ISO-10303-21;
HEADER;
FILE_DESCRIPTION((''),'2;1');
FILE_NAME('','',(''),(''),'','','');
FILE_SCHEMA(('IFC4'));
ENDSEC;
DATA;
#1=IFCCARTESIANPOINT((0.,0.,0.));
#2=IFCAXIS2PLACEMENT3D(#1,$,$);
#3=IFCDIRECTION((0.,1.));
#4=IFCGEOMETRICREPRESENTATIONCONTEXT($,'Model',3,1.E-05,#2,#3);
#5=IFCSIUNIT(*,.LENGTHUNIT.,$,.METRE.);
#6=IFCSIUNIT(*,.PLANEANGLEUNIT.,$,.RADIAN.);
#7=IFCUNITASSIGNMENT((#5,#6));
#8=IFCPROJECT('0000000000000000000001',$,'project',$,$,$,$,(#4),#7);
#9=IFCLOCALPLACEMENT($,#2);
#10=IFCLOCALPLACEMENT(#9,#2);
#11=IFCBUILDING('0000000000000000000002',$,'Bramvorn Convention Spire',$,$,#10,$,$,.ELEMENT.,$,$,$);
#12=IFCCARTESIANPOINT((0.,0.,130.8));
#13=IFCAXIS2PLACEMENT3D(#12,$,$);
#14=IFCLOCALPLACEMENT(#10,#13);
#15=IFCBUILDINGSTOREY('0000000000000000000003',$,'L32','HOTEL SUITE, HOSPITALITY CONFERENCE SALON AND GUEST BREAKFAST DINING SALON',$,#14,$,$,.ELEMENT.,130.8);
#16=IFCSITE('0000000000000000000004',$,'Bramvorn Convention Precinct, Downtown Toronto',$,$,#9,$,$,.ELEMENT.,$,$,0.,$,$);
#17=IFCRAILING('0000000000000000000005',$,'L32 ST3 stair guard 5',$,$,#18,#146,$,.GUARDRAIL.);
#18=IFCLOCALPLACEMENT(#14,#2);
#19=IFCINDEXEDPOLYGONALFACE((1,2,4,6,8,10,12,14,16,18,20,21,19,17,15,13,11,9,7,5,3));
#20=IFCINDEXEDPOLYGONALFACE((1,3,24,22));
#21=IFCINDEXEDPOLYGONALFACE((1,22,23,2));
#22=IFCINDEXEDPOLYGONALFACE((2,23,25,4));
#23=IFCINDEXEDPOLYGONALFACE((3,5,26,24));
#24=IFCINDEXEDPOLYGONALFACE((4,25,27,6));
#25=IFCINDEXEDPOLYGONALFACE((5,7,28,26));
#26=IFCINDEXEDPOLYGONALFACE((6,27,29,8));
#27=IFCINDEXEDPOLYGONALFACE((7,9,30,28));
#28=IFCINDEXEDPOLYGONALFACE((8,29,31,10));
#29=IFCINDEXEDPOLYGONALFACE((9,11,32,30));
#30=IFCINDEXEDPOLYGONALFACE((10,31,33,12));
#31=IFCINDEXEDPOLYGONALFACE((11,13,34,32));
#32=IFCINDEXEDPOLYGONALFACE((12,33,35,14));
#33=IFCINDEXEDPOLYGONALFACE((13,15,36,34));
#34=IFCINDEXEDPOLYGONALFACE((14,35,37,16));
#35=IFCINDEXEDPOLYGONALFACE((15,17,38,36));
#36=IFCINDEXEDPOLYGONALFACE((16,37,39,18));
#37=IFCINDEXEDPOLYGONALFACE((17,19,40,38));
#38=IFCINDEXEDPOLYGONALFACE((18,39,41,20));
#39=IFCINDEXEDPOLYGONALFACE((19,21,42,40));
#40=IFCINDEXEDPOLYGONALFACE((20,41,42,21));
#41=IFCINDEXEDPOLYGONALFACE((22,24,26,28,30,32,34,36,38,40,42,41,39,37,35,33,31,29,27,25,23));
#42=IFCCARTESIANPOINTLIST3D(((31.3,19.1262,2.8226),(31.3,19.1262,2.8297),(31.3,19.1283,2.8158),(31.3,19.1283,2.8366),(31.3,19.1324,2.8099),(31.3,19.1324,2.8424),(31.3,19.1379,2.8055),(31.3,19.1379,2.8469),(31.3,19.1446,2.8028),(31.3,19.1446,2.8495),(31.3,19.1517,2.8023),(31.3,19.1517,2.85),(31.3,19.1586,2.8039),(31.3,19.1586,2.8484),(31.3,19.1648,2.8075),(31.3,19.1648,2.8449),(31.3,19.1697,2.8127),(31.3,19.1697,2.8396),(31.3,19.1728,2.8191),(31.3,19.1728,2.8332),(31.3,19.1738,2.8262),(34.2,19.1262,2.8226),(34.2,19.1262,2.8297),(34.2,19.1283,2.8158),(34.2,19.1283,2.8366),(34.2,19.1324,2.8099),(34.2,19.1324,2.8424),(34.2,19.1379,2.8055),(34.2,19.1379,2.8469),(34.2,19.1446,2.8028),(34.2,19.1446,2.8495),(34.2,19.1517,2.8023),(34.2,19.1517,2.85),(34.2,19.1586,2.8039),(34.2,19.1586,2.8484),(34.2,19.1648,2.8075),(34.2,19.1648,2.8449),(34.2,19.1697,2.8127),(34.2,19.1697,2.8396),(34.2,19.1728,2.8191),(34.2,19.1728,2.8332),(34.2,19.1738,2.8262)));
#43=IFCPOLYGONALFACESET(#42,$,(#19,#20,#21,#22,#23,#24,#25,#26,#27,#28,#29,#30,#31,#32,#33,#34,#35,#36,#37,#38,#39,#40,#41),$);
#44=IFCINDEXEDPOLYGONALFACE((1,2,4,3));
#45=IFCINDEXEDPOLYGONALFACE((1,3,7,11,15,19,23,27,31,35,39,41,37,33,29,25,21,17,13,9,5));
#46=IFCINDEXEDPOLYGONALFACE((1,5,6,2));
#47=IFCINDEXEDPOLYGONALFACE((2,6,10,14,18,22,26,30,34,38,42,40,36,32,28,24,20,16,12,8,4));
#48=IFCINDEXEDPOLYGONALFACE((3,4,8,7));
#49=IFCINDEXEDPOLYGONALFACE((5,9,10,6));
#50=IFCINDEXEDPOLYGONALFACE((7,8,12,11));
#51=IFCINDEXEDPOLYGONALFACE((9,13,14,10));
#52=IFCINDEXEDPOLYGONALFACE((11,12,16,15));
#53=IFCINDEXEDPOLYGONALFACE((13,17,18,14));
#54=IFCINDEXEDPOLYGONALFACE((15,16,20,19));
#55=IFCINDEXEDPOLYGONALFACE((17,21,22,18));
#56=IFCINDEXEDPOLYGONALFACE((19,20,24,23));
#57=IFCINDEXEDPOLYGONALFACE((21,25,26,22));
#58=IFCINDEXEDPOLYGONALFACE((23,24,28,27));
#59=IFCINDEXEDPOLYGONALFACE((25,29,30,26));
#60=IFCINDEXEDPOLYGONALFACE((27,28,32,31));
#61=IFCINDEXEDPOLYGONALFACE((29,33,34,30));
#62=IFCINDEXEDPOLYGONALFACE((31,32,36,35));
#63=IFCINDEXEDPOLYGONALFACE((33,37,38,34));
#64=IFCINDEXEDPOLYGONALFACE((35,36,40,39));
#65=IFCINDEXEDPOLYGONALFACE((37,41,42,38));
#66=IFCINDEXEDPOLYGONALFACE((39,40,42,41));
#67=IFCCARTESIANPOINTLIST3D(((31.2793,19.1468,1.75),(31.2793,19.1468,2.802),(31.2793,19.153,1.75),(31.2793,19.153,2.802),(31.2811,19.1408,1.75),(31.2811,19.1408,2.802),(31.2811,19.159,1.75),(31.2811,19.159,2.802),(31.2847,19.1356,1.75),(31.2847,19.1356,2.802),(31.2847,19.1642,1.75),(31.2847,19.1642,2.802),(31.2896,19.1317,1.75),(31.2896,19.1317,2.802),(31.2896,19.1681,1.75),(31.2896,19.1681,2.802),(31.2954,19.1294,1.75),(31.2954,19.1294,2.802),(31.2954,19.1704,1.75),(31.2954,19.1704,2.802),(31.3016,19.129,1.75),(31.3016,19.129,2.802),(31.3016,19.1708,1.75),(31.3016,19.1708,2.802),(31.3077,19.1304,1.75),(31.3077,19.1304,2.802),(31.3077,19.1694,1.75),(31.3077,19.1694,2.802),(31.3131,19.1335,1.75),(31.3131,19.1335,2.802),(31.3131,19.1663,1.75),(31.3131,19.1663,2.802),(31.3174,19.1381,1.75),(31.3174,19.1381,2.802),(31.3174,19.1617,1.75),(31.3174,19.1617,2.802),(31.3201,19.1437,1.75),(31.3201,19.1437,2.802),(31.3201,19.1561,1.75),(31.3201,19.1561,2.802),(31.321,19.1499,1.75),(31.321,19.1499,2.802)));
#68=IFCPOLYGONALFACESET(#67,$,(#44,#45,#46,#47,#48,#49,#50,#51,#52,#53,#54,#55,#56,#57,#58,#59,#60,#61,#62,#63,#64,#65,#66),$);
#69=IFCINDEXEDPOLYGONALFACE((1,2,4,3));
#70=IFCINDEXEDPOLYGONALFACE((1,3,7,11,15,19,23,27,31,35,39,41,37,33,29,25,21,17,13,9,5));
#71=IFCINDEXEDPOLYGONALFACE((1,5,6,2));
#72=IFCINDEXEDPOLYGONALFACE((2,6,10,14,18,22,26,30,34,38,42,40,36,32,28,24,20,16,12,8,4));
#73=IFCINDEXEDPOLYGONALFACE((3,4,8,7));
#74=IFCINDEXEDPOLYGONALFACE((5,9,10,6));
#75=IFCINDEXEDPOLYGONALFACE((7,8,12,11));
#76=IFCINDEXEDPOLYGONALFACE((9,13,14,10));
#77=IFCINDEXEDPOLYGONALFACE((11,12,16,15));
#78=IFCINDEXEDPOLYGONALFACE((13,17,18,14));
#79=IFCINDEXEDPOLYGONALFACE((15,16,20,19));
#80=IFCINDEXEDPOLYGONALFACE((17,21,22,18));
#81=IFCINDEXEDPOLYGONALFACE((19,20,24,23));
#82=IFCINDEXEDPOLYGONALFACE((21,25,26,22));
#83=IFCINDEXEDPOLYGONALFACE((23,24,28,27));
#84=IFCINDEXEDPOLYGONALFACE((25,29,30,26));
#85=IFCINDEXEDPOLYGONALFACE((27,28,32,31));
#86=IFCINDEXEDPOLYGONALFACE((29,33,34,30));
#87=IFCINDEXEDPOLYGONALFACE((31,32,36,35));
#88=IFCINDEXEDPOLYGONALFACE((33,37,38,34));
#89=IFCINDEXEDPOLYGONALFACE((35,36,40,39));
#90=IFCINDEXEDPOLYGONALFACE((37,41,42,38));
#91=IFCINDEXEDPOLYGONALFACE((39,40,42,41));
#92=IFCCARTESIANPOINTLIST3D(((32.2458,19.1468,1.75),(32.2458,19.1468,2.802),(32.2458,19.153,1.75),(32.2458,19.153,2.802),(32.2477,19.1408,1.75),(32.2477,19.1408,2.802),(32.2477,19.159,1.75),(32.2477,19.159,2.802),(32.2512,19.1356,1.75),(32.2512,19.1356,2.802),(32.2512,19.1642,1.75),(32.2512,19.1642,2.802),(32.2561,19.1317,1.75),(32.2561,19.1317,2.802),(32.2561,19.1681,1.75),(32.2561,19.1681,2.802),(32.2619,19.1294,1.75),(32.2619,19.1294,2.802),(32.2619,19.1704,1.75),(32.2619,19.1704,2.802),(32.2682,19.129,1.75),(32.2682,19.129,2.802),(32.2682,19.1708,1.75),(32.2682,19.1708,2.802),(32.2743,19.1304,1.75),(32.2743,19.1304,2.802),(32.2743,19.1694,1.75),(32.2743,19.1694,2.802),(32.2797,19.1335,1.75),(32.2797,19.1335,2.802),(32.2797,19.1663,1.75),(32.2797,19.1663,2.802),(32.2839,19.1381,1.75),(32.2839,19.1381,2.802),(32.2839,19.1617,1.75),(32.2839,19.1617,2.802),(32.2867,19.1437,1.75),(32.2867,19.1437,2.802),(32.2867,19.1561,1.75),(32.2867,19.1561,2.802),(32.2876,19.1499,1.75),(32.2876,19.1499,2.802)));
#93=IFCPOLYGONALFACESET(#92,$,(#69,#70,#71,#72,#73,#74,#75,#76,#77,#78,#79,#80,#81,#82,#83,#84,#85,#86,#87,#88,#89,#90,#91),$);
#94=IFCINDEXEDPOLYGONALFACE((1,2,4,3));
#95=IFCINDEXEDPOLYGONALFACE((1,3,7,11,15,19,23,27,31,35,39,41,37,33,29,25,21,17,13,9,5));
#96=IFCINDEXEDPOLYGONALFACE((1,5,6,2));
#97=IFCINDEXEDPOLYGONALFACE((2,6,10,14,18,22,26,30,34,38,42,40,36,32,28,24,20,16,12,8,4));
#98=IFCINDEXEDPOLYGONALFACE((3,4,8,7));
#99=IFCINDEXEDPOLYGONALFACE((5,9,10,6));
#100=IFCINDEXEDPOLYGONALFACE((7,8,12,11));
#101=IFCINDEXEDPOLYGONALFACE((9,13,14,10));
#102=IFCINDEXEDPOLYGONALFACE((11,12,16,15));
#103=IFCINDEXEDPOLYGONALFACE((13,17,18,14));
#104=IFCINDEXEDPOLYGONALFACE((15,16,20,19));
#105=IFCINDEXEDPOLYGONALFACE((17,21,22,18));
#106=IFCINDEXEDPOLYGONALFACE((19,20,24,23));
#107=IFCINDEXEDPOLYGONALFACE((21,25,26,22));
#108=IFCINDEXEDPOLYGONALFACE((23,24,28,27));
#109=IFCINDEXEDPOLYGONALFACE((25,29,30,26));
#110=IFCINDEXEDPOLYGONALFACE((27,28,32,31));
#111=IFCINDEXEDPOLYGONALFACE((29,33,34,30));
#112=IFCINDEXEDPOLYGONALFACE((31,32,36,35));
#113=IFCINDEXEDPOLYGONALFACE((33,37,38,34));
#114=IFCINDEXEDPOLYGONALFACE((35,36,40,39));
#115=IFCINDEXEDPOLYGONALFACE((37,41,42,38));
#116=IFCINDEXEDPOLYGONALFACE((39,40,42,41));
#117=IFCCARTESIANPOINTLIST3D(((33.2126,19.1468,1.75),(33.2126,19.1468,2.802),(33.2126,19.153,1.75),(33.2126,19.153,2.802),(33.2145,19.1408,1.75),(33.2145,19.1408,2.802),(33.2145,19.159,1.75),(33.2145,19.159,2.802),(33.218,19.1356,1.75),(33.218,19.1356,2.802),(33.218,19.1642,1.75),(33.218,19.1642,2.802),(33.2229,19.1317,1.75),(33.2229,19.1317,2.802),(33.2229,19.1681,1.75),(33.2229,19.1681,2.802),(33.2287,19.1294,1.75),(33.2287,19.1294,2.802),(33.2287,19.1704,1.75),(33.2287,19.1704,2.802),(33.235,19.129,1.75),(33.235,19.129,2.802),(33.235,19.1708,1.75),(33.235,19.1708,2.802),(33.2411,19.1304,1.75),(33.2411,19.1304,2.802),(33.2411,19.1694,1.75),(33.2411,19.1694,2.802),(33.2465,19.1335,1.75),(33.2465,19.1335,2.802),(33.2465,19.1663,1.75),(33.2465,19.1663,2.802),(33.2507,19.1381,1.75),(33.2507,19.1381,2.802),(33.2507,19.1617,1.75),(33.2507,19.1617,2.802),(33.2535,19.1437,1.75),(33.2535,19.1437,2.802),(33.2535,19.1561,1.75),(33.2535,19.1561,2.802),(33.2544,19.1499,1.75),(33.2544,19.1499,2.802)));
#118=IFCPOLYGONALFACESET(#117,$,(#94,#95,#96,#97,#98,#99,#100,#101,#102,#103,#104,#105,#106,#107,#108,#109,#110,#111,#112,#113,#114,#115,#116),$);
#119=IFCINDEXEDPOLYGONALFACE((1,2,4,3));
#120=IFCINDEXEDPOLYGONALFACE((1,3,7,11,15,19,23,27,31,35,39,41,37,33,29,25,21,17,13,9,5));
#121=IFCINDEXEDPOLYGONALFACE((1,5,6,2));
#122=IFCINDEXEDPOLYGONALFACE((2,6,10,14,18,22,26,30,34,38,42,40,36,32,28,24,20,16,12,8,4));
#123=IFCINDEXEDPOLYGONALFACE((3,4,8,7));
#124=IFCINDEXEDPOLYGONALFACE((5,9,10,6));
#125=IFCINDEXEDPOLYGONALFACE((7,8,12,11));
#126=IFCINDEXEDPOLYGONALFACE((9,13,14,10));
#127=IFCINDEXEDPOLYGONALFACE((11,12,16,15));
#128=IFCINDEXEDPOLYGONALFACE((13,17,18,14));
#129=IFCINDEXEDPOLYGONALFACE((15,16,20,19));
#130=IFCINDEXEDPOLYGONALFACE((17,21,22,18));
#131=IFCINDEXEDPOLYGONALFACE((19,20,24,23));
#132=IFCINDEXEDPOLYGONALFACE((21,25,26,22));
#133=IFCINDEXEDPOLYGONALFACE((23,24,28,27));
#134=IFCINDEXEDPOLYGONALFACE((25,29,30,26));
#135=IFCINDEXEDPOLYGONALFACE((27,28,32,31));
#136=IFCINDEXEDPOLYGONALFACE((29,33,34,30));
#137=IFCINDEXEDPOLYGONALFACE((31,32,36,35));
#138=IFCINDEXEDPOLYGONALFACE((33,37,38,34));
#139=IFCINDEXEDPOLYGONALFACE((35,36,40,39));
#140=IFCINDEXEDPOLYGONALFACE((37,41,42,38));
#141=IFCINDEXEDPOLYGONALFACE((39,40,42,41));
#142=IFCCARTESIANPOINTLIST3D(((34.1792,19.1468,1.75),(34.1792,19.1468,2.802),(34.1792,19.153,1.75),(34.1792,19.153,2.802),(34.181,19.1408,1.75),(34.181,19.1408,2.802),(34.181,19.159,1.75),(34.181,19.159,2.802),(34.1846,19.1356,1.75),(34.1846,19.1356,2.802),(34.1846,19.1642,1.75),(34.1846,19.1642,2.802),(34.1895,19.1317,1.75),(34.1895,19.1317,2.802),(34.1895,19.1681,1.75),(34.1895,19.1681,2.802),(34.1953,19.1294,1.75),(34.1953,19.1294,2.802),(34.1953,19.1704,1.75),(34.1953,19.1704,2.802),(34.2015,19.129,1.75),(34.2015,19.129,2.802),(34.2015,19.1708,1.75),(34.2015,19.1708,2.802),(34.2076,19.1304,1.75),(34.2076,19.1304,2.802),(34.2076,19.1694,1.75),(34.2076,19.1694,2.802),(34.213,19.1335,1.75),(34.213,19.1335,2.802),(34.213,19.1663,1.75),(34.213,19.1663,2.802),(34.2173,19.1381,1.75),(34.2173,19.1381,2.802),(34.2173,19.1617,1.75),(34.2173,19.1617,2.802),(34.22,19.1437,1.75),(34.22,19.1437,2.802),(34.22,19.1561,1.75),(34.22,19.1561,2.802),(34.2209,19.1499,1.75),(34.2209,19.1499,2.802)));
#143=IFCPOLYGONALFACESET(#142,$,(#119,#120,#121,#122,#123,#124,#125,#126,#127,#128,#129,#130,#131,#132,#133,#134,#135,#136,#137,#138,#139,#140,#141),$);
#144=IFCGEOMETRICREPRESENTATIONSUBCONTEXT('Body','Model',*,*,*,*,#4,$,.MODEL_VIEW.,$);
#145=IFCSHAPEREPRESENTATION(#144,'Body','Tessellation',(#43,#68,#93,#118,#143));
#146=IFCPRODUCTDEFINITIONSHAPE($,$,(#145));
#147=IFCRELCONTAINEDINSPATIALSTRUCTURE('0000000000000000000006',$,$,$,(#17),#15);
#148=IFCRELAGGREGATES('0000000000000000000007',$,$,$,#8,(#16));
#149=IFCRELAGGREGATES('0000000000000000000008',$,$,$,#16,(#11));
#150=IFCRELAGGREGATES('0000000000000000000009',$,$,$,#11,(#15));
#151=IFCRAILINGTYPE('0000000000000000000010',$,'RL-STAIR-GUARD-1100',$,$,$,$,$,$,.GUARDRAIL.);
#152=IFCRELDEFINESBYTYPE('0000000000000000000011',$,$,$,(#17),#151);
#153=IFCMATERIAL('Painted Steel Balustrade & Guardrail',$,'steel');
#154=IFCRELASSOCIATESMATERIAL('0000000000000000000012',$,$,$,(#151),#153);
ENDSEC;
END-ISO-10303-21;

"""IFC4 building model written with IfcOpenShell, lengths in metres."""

from ifc_helpers import new_model, si_unit, direction, frame, origin, origin_2d, place, context, subcontext, project, spatial, circle, extrude, material, type_object, element, save


model = new_model("IFC4")

# Units and contexts
model_context = context("Model", 3, precision=1e-05, world=origin(), true_north=direction((0.0, 1.0)))
body_context = subcontext(model_context, "Body", "Model", "MODEL_VIEW")
ifc_project = project(units=[si_unit("LENGTHUNIT", "METRE"), si_unit("PLANEANGLEUNIT", "RADIAN")], contexts=[model_context])

# Site, building, storey
site_placement = place(None, origin())
site = spatial("IfcSite", under=ifc_project, at=site_placement, Name="Bramvorn Convention Precinct, Downtown Toronto", CompositionType="ELEMENT", RefElevation=0.0)
building_placement = place(site_placement, origin())
building = spatial("IfcBuilding", under=site, at=building_placement, Name="Bramvorn Convention Spire", CompositionType="ELEMENT")
storey_placement = place(building_placement, frame((0.0, 0.0, 130.8)))
storey = spatial("IfcBuildingStorey", under=building, at=storey_placement, Name="L32", Description="HOTEL SUITE, HOSPITALITY CONFERENCE SALON AND GUEST BREAKFAST DINING SALON", CompositionType="ELEMENT", Elevation=130.8)

# Railing
ifc_material_1 = material(Name="Painted Steel Balustrade & Guardrail", Category="steel")
railing_type_1 = type_object("IfcRailingType", Name="RL-STAIR-GUARD-1100", PredefinedType="GUARDRAIL", material=ifc_material_1)
railing_1_placement = place(storey_placement, frame((31.3, 19.1499, 1.75)))
element("IfcRailing", 1, at=railing_1_placement, inside=storey, type_object=railing_type_1, Name="L32 ST3 stair guard 5", PredefinedType="GUARDRAIL", context=body_context, shape_type="SweptSolid", body=[
    extrude(circle(Radius=0.0239, at=origin_2d()), frame((0.0, 0.0, 1.0762), z_axis=(1.0, 0.0, 0.0), x_axis=(0.0, 1.0, 0.0)), (0.0, 0.0, 1.0), 2.8999),
    extrude(circle(Radius=0.021, at=origin_2d()), origin(), (0.0, 0.0, 1.0), 1.052),
    extrude(circle(Radius=0.021, at=origin_2d()), frame((0.9666, 0.0, 0.0)), (0.0, 0.0, 1.0), 1.052),
    extrude(circle(Radius=0.021, at=origin_2d()), frame((1.9333, 0.0, 0.0)), (0.0, 0.0, 1.0), 1.052),
    extrude(circle(Radius=0.021, at=origin_2d()), frame((2.8999, 0.0, 0.0)), (0.0, 0.0, 1.0), 1.052),
])

save(model, "model.ifc")
